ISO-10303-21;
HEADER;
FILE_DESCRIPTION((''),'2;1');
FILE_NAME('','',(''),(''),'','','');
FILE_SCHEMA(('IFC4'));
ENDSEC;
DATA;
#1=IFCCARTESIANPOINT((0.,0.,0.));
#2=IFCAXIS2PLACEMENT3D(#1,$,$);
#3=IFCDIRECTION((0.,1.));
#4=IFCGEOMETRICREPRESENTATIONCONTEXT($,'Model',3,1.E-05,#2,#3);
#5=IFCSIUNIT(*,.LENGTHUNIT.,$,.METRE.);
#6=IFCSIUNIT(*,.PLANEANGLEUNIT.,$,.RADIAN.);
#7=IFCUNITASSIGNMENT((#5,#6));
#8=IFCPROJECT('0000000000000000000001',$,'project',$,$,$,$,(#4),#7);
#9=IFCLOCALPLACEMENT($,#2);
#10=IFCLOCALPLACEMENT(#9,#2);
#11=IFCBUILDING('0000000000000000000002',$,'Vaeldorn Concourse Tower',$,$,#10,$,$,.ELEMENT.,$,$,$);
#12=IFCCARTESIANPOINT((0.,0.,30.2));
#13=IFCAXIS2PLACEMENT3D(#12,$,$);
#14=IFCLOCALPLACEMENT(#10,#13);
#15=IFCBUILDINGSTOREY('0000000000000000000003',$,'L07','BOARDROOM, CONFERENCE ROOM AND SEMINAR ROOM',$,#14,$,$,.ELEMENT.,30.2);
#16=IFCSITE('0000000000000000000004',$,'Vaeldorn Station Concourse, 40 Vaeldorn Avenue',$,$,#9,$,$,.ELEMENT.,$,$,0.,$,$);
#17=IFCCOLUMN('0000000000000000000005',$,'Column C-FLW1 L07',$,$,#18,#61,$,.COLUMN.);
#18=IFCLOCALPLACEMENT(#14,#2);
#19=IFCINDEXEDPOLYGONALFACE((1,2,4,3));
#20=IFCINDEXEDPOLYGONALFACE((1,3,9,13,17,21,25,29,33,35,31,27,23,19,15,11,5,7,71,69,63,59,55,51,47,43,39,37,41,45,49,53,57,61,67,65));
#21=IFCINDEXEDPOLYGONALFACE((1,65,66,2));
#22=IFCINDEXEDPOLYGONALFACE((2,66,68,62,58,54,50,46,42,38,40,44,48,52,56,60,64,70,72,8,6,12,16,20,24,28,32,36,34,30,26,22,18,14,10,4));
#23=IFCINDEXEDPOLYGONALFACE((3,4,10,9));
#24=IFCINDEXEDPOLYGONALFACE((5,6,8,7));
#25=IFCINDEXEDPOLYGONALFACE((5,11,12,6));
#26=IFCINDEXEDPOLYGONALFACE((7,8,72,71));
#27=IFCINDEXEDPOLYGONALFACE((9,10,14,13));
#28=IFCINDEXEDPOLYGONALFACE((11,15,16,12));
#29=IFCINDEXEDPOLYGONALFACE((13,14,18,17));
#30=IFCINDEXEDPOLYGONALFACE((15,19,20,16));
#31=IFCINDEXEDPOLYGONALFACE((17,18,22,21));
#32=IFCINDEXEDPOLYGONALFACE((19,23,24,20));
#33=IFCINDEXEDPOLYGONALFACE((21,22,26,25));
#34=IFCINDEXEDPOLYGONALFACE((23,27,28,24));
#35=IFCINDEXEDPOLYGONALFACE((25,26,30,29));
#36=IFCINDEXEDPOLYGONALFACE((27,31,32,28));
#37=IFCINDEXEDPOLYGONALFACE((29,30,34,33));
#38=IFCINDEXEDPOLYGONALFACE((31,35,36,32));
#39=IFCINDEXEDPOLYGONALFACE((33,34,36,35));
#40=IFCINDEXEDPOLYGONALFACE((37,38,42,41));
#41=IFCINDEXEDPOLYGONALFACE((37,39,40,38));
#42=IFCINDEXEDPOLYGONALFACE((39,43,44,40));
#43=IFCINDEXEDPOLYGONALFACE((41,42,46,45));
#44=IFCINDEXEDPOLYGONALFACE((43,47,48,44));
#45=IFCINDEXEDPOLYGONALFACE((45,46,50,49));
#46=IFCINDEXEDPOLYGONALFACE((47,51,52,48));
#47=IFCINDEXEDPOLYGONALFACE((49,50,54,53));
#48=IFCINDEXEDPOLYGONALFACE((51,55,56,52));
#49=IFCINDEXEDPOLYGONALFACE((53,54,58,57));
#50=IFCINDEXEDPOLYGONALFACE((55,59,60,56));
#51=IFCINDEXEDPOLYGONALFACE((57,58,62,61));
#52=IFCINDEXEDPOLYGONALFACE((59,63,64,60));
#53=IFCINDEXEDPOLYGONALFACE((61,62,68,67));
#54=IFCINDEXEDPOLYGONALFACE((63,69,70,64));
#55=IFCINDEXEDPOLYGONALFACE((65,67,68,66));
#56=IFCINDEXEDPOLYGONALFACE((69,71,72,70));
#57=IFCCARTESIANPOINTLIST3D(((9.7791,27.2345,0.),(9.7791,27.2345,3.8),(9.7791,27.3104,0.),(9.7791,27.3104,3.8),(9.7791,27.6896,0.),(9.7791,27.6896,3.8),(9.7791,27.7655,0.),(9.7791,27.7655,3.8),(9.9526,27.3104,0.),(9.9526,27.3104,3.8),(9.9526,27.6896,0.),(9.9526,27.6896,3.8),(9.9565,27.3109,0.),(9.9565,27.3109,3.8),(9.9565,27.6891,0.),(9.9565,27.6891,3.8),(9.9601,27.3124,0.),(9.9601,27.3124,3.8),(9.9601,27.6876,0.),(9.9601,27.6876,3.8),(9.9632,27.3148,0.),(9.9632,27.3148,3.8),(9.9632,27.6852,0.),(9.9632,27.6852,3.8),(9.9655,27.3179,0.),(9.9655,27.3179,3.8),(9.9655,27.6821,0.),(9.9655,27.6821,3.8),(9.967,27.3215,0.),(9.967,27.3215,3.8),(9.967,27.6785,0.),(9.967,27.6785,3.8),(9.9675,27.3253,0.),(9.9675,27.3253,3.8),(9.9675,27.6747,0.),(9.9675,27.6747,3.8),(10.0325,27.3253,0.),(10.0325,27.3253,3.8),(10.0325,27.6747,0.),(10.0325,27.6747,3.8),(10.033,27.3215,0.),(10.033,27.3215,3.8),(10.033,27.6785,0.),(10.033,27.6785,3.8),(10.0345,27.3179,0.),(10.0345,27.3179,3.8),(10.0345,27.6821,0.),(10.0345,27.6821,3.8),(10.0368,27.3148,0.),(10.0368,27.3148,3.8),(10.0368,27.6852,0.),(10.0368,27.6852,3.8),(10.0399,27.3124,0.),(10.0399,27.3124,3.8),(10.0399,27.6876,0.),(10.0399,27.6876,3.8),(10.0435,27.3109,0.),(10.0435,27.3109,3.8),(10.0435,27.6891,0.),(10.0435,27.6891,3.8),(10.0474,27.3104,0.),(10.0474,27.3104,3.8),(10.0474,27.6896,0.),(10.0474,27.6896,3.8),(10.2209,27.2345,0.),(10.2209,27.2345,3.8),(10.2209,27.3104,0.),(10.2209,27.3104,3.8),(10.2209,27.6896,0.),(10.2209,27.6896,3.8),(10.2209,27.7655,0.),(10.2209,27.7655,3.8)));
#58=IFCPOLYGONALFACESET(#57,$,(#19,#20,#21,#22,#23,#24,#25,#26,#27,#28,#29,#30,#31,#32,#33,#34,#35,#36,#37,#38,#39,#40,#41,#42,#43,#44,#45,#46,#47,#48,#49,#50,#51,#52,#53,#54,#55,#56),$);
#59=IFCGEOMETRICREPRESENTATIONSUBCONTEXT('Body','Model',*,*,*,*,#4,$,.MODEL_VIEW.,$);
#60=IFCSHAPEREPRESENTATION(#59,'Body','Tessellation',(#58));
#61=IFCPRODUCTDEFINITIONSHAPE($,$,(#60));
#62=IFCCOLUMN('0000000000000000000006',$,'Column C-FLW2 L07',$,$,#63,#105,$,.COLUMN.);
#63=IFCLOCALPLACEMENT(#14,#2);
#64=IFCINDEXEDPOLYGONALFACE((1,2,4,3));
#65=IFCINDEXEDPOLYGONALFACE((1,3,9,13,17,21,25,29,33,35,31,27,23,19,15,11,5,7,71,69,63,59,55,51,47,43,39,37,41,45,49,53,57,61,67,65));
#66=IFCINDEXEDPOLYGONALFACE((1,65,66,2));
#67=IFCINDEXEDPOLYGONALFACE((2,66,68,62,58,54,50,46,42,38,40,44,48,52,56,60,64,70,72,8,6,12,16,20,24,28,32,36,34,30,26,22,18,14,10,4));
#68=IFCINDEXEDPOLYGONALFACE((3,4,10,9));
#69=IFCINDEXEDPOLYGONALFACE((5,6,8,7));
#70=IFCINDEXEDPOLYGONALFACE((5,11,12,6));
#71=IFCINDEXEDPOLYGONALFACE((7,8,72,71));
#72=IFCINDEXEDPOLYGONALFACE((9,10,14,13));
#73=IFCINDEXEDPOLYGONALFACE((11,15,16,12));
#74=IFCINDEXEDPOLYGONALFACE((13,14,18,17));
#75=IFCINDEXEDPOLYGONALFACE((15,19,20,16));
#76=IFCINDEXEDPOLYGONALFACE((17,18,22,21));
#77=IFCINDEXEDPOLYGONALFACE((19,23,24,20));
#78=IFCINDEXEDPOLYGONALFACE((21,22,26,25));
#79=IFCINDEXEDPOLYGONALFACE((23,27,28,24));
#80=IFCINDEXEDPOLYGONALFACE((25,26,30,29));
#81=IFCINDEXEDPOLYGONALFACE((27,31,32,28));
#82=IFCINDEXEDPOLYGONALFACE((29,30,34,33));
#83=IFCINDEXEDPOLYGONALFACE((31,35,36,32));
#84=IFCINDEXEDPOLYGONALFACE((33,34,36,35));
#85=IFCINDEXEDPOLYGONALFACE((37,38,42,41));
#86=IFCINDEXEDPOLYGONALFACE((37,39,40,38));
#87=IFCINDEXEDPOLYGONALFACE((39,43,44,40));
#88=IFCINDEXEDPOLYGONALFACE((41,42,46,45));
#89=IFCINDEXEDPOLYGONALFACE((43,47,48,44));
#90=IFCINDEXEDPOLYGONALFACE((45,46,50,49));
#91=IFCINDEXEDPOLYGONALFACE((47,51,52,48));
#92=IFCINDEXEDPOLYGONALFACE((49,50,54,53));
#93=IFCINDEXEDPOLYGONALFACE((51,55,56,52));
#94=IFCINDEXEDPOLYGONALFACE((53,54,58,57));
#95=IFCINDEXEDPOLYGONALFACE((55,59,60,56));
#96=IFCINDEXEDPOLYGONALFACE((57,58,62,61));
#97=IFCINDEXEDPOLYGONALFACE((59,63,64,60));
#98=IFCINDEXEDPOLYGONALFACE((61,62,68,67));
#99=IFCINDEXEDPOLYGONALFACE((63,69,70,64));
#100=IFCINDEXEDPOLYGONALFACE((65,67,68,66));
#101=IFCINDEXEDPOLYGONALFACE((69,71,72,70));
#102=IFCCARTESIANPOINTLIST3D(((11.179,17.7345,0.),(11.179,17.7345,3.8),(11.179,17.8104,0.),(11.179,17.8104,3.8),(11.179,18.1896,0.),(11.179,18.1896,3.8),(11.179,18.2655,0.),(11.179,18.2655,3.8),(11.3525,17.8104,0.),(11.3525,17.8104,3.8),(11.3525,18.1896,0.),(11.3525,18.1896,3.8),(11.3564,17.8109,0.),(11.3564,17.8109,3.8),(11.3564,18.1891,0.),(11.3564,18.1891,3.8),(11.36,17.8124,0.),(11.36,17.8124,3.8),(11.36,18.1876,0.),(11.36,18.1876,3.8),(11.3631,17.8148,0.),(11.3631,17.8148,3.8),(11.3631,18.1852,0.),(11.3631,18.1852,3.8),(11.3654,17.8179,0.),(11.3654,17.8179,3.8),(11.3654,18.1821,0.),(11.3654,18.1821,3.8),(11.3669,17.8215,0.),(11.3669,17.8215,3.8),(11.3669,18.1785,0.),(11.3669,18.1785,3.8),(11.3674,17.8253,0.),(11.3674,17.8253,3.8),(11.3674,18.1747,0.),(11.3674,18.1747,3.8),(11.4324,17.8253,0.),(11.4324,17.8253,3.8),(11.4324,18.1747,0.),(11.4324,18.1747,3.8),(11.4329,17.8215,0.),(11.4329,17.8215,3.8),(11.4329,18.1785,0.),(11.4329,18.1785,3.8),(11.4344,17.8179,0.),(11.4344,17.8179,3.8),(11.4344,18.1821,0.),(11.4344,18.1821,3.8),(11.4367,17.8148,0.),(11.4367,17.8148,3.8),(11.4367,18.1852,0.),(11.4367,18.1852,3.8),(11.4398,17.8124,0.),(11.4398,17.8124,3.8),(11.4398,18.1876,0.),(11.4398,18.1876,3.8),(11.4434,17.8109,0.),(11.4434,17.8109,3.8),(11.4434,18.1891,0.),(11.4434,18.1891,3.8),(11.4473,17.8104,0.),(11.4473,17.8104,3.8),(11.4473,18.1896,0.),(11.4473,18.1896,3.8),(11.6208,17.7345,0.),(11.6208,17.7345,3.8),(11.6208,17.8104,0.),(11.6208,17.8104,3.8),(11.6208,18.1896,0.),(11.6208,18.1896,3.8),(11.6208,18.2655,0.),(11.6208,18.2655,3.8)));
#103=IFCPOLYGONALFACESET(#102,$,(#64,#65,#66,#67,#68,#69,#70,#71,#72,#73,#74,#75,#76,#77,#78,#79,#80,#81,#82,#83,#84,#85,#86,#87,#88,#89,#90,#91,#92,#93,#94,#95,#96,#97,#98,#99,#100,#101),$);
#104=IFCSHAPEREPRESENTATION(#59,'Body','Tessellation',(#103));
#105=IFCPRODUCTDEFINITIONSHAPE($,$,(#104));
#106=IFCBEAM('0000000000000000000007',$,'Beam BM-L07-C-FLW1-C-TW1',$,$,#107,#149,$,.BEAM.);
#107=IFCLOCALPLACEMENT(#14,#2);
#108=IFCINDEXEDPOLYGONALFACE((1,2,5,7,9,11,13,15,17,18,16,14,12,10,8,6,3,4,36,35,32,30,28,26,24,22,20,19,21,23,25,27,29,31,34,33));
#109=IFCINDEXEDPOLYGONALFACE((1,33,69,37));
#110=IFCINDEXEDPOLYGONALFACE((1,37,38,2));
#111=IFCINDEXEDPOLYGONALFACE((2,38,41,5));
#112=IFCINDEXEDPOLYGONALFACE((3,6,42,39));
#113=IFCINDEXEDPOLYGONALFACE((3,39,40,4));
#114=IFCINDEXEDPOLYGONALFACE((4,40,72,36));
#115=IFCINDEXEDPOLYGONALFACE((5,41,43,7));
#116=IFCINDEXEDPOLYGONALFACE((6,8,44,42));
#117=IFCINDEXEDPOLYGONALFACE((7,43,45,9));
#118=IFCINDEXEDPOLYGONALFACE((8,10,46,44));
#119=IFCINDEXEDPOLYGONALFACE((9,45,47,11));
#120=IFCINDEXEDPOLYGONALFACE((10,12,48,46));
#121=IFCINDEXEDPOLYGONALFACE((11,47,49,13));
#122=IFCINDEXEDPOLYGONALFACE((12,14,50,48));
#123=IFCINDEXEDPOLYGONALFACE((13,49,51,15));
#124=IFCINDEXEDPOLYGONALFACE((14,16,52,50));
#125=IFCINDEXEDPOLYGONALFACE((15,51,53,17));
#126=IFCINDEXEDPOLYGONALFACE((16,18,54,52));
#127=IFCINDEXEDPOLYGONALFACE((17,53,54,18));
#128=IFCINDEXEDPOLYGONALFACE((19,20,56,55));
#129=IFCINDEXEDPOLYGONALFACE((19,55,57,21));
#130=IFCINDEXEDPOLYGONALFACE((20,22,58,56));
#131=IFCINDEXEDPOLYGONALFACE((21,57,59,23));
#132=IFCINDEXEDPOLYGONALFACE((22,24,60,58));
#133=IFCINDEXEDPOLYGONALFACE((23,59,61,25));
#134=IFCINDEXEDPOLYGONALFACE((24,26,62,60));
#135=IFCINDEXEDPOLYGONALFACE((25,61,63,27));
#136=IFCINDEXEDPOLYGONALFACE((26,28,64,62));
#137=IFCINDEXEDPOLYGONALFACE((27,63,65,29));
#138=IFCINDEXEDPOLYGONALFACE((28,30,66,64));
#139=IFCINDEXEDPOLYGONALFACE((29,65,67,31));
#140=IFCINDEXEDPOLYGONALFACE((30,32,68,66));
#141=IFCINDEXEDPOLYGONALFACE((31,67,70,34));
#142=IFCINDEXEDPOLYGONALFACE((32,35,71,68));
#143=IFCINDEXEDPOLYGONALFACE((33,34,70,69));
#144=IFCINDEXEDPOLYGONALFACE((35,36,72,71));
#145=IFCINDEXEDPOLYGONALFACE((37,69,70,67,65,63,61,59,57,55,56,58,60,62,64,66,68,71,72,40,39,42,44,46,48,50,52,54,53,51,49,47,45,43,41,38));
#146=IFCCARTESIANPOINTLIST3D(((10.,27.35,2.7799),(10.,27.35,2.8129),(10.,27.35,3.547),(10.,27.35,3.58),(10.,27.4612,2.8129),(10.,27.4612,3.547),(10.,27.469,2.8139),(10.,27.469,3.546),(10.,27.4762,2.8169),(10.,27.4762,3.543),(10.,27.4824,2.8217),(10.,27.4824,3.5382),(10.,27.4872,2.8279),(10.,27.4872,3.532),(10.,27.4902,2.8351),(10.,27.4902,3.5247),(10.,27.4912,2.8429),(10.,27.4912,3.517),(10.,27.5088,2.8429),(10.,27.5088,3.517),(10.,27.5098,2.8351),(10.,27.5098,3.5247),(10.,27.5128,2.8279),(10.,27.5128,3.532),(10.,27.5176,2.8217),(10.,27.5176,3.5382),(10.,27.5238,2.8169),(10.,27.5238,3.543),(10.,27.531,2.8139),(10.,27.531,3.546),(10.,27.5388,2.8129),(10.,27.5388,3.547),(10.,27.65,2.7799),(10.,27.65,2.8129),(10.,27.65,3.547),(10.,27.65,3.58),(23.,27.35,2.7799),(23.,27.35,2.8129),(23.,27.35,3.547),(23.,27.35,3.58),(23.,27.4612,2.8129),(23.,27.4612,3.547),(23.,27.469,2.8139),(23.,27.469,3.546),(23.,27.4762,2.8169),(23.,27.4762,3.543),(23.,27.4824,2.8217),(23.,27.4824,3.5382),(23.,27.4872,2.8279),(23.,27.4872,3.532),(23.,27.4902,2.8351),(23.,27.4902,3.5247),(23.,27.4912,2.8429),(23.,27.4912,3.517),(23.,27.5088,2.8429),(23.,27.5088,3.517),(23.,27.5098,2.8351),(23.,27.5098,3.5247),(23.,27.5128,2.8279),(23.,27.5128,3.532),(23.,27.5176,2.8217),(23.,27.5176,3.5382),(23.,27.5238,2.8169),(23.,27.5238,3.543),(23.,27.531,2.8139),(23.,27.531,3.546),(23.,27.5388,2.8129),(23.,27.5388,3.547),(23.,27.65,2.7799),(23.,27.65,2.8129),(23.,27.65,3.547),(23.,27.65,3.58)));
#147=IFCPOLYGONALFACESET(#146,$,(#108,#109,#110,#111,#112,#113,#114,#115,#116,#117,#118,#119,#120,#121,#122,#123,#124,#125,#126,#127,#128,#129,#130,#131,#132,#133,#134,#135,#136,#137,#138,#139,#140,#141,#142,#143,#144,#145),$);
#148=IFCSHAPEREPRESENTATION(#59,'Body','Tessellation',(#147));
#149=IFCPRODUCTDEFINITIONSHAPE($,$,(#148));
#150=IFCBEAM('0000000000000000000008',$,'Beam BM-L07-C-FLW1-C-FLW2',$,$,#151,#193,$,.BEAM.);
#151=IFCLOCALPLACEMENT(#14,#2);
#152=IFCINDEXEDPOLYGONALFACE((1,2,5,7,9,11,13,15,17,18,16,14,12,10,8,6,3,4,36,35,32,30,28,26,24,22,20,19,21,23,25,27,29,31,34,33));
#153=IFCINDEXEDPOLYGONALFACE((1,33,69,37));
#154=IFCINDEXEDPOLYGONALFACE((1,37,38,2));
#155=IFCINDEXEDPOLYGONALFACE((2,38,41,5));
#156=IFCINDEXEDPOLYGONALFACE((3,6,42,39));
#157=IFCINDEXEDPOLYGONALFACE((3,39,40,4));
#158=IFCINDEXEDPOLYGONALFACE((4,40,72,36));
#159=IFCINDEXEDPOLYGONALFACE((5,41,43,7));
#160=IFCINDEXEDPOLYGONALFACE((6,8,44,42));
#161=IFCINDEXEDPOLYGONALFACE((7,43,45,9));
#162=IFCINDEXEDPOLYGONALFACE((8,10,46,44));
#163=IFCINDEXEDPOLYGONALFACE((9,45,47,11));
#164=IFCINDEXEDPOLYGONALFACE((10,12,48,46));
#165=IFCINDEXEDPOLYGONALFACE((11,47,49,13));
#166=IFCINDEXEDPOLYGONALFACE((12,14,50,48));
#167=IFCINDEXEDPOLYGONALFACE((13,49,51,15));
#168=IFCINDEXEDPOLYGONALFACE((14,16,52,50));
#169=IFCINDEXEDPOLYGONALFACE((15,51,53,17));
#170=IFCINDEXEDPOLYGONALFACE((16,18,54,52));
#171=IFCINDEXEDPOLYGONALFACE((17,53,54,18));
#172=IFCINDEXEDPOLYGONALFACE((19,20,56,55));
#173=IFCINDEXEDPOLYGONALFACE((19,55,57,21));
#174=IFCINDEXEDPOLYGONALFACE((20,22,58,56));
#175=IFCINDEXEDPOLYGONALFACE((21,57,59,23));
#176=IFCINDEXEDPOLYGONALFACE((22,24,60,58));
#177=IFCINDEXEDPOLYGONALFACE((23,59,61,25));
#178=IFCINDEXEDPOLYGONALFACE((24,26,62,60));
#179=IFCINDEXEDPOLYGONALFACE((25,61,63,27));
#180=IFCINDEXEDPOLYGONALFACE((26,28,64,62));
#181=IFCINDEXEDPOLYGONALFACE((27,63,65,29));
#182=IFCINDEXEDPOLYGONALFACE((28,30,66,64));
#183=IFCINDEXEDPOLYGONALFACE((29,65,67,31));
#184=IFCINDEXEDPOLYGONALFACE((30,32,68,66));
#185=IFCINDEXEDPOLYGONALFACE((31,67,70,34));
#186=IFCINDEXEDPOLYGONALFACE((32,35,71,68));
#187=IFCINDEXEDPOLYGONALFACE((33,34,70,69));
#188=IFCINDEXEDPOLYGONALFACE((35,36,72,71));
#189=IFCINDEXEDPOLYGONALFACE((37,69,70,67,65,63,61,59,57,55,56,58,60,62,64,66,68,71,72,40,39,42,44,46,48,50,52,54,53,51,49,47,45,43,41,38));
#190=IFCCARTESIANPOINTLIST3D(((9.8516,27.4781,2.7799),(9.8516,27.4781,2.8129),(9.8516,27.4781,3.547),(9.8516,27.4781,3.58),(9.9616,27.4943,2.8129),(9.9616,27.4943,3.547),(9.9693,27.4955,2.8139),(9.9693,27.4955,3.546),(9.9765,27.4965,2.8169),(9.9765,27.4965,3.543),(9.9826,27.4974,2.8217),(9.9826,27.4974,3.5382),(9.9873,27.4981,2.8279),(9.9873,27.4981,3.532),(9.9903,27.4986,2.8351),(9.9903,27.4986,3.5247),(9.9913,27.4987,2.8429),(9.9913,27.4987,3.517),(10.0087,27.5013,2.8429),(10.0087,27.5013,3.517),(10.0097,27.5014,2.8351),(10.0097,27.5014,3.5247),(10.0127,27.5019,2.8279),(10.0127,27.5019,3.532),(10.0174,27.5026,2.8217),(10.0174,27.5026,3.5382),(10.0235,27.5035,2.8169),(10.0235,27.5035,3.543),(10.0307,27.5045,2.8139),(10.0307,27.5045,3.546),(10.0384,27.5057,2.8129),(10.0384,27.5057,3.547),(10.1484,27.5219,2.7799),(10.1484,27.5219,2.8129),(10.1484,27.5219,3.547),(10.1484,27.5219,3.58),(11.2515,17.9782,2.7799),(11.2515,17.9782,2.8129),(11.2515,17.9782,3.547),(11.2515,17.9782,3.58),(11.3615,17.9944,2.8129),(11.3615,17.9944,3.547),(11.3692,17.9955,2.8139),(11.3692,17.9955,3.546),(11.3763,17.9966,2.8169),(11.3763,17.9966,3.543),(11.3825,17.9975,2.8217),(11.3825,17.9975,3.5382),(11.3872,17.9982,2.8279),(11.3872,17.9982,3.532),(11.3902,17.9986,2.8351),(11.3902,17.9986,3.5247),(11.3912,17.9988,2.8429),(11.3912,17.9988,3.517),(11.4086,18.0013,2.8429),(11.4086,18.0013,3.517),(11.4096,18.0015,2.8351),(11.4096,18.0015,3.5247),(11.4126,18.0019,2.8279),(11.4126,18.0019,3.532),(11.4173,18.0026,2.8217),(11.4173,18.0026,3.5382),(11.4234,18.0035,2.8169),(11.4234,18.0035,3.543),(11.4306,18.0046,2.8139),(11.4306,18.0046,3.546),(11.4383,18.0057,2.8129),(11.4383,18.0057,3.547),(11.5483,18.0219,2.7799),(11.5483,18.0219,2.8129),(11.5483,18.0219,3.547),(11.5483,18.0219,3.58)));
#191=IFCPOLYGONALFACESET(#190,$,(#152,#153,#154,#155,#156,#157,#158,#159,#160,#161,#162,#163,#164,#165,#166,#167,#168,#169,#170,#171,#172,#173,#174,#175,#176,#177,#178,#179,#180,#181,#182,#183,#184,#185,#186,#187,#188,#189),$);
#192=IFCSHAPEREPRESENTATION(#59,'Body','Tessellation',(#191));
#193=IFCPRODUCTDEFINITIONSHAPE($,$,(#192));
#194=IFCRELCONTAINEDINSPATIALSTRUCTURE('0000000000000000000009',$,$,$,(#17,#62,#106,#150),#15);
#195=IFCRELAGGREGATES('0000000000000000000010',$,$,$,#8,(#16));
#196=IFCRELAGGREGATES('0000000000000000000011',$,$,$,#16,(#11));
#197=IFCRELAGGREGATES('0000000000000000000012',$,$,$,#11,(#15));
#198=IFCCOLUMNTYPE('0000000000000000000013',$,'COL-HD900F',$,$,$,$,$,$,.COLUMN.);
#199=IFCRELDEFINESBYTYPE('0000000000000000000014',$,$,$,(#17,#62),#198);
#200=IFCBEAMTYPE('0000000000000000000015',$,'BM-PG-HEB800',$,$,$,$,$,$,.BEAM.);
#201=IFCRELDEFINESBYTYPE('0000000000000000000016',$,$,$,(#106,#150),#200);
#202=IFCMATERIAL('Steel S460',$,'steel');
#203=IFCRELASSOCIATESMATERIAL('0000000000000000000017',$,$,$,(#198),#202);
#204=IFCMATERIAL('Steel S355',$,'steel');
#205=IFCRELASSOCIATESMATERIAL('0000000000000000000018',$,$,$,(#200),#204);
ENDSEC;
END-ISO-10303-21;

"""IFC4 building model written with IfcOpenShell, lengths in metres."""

from ifc_helpers import new_model, si_unit, direction, frame, origin, origin_2d, place, context, subcontext, project, spatial, i_section, extrude, source, transform, mapped, material, material_profile, profile_set, type_object, element, save


model = new_model("IFC4")

# Units and contexts
model_context = context("Model", 3, precision=1e-05, world=origin(), true_north=direction((0.0, 1.0)))
body_context = subcontext(model_context, "Body", "Model", "MODEL_VIEW")
ifc_project = project(units=[si_unit("LENGTHUNIT", "METRE"), si_unit("PLANEANGLEUNIT", "RADIAN")], contexts=[model_context])

# Site, building, storey
site_placement = place(None, origin())
site = spatial("IfcSite", under=ifc_project, at=site_placement, Name="Vaeldorn Station Concourse, 40 Vaeldorn Avenue", CompositionType="ELEMENT", RefElevation=0.0)
building_placement = place(site_placement, origin())
building = spatial("IfcBuilding", under=site, at=building_placement, Name="Vaeldorn Concourse Tower", CompositionType="ELEMENT")
storey_placement = place(building_placement, frame((0.0, 0.0, 30.2)))
storey = spatial("IfcBuildingStorey", under=building, at=storey_placement, Name="L07", Description="BOARDROOM, CONFERENCE ROOM AND SEMINAR ROOM", CompositionType="ELEMENT", Elevation=30.2)

# Columns
ifc_material_1 = material(Name="Steel S460", Category="steel")
ifc_material_profile_1 = material_profile(ifc_material_1, i_section(OverallWidth=0.4419, OverallDepth=0.531, WebThickness=0.0649, FlangeThickness=0.0759, FilletRadius=0.0149, at=origin_2d()), Name="HD 400x900")
ifc_profile_set_1 = profile_set([ifc_material_profile_1], Name="Steel S460")
column_type = type_object("IfcColumnType", Name="COL-HD900F", PredefinedType="COLUMN", material=ifc_profile_set_1)
shared_shape_1 = source(origin(), body_context, "Body", "SweptSolid", [
    extrude(i_section(OverallWidth=0.4419, OverallDepth=0.531, WebThickness=0.0649, FlangeThickness=0.0759, FilletRadius=0.0149, at=origin_2d()), origin(), (0.0, 0.0, 1.0), 3.8),
])
for number, where, z_axis, x_axis, name in (
    (1, (10.0, 27.5, 0.0), (0.0, 0.0, 1.0), (1.0, 0.0, 0.0), "Column C-FLW1 L07"),
    (2, (11.3999, 18.0, 0.0), (0.0, 0.0, 1.0), (1.0, 0.0, 0.0), "Column C-FLW2 L07"),
):
    element("IfcColumn", number, at=place(storey_placement, frame(where, z_axis=z_axis, x_axis=x_axis)), inside=storey, type_object=column_type, Name=name, PredefinedType="COLUMN", context=body_context, shape_type="MappedRepresentation", body=[
        mapped(shared_shape_1, transform((0.0, 0.0, 0.0), scale=1.0)),
    ])

# Beams
ifc_material_2 = material(Name="Steel S355", Category="steel")
ifc_material_profile_2 = material_profile(ifc_material_2, i_section(OverallWidth=0.3, OverallDepth=0.8, WebThickness=0.0176, FlangeThickness=0.033, FilletRadius=0.03, at=origin_2d()), Name="HEB 800")
ifc_profile_set_2 = profile_set([ifc_material_profile_2], Name="Steel S355")
beam_type_1 = type_object("IfcBeamType", Name="BM-PG-HEB800", PredefinedType="BEAM", material=ifc_profile_set_2)
shared_shape_2 = source(origin(), body_context, "Body", "SweptSolid", [
    extrude(i_section(OverallWidth=0.3, OverallDepth=0.8, WebThickness=0.0176, FlangeThickness=0.033, FilletRadius=0.03, at=origin_2d()), origin(), (0.0, 0.0, 1.0), 13.0),
])
beam_1_placement = place(storey_placement, frame((10.0, 27.5, 3.1799), z_axis=(1.0, 0.0, 0.0), x_axis=(0.0, 1.0, 0.0)))
element("IfcBeam", 3, at=beam_1_placement, inside=storey, type_object=beam_type_1, Name="Beam BM-L07-C-FLW1-C-TW1", PredefinedType="BEAM", context=body_context, shape_type="MappedRepresentation", body=[
    mapped(shared_shape_2, transform((0.0, 0.0, 0.0), scale=1.0)),
])
shared_shape_3 = source(origin(), body_context, "Body", "SweptSolid", [
    extrude(i_section(OverallWidth=0.3, OverallDepth=0.8, WebThickness=0.0176, FlangeThickness=0.033, FilletRadius=0.03, at=origin_2d()), origin(), (0.0, 0.0, 1.0), 9.6025),
])
beam_2_placement = place(storey_placement, frame((10.0, 27.5, 3.1799), z_axis=(0.145784, -0.989316, 0.0), x_axis=(0.989316, 0.145784, 0.0)))
element("IfcBeam", 4, at=beam_2_placement, inside=storey, type_object=beam_type_1, Name="Beam BM-L07-C-FLW1-C-FLW2", PredefinedType="BEAM", context=body_context, shape_type="MappedRepresentation", body=[
    mapped(shared_shape_3, transform((0.0, 0.0, 0.0), scale=1.0)),
])

save(model, "model.ifc")
